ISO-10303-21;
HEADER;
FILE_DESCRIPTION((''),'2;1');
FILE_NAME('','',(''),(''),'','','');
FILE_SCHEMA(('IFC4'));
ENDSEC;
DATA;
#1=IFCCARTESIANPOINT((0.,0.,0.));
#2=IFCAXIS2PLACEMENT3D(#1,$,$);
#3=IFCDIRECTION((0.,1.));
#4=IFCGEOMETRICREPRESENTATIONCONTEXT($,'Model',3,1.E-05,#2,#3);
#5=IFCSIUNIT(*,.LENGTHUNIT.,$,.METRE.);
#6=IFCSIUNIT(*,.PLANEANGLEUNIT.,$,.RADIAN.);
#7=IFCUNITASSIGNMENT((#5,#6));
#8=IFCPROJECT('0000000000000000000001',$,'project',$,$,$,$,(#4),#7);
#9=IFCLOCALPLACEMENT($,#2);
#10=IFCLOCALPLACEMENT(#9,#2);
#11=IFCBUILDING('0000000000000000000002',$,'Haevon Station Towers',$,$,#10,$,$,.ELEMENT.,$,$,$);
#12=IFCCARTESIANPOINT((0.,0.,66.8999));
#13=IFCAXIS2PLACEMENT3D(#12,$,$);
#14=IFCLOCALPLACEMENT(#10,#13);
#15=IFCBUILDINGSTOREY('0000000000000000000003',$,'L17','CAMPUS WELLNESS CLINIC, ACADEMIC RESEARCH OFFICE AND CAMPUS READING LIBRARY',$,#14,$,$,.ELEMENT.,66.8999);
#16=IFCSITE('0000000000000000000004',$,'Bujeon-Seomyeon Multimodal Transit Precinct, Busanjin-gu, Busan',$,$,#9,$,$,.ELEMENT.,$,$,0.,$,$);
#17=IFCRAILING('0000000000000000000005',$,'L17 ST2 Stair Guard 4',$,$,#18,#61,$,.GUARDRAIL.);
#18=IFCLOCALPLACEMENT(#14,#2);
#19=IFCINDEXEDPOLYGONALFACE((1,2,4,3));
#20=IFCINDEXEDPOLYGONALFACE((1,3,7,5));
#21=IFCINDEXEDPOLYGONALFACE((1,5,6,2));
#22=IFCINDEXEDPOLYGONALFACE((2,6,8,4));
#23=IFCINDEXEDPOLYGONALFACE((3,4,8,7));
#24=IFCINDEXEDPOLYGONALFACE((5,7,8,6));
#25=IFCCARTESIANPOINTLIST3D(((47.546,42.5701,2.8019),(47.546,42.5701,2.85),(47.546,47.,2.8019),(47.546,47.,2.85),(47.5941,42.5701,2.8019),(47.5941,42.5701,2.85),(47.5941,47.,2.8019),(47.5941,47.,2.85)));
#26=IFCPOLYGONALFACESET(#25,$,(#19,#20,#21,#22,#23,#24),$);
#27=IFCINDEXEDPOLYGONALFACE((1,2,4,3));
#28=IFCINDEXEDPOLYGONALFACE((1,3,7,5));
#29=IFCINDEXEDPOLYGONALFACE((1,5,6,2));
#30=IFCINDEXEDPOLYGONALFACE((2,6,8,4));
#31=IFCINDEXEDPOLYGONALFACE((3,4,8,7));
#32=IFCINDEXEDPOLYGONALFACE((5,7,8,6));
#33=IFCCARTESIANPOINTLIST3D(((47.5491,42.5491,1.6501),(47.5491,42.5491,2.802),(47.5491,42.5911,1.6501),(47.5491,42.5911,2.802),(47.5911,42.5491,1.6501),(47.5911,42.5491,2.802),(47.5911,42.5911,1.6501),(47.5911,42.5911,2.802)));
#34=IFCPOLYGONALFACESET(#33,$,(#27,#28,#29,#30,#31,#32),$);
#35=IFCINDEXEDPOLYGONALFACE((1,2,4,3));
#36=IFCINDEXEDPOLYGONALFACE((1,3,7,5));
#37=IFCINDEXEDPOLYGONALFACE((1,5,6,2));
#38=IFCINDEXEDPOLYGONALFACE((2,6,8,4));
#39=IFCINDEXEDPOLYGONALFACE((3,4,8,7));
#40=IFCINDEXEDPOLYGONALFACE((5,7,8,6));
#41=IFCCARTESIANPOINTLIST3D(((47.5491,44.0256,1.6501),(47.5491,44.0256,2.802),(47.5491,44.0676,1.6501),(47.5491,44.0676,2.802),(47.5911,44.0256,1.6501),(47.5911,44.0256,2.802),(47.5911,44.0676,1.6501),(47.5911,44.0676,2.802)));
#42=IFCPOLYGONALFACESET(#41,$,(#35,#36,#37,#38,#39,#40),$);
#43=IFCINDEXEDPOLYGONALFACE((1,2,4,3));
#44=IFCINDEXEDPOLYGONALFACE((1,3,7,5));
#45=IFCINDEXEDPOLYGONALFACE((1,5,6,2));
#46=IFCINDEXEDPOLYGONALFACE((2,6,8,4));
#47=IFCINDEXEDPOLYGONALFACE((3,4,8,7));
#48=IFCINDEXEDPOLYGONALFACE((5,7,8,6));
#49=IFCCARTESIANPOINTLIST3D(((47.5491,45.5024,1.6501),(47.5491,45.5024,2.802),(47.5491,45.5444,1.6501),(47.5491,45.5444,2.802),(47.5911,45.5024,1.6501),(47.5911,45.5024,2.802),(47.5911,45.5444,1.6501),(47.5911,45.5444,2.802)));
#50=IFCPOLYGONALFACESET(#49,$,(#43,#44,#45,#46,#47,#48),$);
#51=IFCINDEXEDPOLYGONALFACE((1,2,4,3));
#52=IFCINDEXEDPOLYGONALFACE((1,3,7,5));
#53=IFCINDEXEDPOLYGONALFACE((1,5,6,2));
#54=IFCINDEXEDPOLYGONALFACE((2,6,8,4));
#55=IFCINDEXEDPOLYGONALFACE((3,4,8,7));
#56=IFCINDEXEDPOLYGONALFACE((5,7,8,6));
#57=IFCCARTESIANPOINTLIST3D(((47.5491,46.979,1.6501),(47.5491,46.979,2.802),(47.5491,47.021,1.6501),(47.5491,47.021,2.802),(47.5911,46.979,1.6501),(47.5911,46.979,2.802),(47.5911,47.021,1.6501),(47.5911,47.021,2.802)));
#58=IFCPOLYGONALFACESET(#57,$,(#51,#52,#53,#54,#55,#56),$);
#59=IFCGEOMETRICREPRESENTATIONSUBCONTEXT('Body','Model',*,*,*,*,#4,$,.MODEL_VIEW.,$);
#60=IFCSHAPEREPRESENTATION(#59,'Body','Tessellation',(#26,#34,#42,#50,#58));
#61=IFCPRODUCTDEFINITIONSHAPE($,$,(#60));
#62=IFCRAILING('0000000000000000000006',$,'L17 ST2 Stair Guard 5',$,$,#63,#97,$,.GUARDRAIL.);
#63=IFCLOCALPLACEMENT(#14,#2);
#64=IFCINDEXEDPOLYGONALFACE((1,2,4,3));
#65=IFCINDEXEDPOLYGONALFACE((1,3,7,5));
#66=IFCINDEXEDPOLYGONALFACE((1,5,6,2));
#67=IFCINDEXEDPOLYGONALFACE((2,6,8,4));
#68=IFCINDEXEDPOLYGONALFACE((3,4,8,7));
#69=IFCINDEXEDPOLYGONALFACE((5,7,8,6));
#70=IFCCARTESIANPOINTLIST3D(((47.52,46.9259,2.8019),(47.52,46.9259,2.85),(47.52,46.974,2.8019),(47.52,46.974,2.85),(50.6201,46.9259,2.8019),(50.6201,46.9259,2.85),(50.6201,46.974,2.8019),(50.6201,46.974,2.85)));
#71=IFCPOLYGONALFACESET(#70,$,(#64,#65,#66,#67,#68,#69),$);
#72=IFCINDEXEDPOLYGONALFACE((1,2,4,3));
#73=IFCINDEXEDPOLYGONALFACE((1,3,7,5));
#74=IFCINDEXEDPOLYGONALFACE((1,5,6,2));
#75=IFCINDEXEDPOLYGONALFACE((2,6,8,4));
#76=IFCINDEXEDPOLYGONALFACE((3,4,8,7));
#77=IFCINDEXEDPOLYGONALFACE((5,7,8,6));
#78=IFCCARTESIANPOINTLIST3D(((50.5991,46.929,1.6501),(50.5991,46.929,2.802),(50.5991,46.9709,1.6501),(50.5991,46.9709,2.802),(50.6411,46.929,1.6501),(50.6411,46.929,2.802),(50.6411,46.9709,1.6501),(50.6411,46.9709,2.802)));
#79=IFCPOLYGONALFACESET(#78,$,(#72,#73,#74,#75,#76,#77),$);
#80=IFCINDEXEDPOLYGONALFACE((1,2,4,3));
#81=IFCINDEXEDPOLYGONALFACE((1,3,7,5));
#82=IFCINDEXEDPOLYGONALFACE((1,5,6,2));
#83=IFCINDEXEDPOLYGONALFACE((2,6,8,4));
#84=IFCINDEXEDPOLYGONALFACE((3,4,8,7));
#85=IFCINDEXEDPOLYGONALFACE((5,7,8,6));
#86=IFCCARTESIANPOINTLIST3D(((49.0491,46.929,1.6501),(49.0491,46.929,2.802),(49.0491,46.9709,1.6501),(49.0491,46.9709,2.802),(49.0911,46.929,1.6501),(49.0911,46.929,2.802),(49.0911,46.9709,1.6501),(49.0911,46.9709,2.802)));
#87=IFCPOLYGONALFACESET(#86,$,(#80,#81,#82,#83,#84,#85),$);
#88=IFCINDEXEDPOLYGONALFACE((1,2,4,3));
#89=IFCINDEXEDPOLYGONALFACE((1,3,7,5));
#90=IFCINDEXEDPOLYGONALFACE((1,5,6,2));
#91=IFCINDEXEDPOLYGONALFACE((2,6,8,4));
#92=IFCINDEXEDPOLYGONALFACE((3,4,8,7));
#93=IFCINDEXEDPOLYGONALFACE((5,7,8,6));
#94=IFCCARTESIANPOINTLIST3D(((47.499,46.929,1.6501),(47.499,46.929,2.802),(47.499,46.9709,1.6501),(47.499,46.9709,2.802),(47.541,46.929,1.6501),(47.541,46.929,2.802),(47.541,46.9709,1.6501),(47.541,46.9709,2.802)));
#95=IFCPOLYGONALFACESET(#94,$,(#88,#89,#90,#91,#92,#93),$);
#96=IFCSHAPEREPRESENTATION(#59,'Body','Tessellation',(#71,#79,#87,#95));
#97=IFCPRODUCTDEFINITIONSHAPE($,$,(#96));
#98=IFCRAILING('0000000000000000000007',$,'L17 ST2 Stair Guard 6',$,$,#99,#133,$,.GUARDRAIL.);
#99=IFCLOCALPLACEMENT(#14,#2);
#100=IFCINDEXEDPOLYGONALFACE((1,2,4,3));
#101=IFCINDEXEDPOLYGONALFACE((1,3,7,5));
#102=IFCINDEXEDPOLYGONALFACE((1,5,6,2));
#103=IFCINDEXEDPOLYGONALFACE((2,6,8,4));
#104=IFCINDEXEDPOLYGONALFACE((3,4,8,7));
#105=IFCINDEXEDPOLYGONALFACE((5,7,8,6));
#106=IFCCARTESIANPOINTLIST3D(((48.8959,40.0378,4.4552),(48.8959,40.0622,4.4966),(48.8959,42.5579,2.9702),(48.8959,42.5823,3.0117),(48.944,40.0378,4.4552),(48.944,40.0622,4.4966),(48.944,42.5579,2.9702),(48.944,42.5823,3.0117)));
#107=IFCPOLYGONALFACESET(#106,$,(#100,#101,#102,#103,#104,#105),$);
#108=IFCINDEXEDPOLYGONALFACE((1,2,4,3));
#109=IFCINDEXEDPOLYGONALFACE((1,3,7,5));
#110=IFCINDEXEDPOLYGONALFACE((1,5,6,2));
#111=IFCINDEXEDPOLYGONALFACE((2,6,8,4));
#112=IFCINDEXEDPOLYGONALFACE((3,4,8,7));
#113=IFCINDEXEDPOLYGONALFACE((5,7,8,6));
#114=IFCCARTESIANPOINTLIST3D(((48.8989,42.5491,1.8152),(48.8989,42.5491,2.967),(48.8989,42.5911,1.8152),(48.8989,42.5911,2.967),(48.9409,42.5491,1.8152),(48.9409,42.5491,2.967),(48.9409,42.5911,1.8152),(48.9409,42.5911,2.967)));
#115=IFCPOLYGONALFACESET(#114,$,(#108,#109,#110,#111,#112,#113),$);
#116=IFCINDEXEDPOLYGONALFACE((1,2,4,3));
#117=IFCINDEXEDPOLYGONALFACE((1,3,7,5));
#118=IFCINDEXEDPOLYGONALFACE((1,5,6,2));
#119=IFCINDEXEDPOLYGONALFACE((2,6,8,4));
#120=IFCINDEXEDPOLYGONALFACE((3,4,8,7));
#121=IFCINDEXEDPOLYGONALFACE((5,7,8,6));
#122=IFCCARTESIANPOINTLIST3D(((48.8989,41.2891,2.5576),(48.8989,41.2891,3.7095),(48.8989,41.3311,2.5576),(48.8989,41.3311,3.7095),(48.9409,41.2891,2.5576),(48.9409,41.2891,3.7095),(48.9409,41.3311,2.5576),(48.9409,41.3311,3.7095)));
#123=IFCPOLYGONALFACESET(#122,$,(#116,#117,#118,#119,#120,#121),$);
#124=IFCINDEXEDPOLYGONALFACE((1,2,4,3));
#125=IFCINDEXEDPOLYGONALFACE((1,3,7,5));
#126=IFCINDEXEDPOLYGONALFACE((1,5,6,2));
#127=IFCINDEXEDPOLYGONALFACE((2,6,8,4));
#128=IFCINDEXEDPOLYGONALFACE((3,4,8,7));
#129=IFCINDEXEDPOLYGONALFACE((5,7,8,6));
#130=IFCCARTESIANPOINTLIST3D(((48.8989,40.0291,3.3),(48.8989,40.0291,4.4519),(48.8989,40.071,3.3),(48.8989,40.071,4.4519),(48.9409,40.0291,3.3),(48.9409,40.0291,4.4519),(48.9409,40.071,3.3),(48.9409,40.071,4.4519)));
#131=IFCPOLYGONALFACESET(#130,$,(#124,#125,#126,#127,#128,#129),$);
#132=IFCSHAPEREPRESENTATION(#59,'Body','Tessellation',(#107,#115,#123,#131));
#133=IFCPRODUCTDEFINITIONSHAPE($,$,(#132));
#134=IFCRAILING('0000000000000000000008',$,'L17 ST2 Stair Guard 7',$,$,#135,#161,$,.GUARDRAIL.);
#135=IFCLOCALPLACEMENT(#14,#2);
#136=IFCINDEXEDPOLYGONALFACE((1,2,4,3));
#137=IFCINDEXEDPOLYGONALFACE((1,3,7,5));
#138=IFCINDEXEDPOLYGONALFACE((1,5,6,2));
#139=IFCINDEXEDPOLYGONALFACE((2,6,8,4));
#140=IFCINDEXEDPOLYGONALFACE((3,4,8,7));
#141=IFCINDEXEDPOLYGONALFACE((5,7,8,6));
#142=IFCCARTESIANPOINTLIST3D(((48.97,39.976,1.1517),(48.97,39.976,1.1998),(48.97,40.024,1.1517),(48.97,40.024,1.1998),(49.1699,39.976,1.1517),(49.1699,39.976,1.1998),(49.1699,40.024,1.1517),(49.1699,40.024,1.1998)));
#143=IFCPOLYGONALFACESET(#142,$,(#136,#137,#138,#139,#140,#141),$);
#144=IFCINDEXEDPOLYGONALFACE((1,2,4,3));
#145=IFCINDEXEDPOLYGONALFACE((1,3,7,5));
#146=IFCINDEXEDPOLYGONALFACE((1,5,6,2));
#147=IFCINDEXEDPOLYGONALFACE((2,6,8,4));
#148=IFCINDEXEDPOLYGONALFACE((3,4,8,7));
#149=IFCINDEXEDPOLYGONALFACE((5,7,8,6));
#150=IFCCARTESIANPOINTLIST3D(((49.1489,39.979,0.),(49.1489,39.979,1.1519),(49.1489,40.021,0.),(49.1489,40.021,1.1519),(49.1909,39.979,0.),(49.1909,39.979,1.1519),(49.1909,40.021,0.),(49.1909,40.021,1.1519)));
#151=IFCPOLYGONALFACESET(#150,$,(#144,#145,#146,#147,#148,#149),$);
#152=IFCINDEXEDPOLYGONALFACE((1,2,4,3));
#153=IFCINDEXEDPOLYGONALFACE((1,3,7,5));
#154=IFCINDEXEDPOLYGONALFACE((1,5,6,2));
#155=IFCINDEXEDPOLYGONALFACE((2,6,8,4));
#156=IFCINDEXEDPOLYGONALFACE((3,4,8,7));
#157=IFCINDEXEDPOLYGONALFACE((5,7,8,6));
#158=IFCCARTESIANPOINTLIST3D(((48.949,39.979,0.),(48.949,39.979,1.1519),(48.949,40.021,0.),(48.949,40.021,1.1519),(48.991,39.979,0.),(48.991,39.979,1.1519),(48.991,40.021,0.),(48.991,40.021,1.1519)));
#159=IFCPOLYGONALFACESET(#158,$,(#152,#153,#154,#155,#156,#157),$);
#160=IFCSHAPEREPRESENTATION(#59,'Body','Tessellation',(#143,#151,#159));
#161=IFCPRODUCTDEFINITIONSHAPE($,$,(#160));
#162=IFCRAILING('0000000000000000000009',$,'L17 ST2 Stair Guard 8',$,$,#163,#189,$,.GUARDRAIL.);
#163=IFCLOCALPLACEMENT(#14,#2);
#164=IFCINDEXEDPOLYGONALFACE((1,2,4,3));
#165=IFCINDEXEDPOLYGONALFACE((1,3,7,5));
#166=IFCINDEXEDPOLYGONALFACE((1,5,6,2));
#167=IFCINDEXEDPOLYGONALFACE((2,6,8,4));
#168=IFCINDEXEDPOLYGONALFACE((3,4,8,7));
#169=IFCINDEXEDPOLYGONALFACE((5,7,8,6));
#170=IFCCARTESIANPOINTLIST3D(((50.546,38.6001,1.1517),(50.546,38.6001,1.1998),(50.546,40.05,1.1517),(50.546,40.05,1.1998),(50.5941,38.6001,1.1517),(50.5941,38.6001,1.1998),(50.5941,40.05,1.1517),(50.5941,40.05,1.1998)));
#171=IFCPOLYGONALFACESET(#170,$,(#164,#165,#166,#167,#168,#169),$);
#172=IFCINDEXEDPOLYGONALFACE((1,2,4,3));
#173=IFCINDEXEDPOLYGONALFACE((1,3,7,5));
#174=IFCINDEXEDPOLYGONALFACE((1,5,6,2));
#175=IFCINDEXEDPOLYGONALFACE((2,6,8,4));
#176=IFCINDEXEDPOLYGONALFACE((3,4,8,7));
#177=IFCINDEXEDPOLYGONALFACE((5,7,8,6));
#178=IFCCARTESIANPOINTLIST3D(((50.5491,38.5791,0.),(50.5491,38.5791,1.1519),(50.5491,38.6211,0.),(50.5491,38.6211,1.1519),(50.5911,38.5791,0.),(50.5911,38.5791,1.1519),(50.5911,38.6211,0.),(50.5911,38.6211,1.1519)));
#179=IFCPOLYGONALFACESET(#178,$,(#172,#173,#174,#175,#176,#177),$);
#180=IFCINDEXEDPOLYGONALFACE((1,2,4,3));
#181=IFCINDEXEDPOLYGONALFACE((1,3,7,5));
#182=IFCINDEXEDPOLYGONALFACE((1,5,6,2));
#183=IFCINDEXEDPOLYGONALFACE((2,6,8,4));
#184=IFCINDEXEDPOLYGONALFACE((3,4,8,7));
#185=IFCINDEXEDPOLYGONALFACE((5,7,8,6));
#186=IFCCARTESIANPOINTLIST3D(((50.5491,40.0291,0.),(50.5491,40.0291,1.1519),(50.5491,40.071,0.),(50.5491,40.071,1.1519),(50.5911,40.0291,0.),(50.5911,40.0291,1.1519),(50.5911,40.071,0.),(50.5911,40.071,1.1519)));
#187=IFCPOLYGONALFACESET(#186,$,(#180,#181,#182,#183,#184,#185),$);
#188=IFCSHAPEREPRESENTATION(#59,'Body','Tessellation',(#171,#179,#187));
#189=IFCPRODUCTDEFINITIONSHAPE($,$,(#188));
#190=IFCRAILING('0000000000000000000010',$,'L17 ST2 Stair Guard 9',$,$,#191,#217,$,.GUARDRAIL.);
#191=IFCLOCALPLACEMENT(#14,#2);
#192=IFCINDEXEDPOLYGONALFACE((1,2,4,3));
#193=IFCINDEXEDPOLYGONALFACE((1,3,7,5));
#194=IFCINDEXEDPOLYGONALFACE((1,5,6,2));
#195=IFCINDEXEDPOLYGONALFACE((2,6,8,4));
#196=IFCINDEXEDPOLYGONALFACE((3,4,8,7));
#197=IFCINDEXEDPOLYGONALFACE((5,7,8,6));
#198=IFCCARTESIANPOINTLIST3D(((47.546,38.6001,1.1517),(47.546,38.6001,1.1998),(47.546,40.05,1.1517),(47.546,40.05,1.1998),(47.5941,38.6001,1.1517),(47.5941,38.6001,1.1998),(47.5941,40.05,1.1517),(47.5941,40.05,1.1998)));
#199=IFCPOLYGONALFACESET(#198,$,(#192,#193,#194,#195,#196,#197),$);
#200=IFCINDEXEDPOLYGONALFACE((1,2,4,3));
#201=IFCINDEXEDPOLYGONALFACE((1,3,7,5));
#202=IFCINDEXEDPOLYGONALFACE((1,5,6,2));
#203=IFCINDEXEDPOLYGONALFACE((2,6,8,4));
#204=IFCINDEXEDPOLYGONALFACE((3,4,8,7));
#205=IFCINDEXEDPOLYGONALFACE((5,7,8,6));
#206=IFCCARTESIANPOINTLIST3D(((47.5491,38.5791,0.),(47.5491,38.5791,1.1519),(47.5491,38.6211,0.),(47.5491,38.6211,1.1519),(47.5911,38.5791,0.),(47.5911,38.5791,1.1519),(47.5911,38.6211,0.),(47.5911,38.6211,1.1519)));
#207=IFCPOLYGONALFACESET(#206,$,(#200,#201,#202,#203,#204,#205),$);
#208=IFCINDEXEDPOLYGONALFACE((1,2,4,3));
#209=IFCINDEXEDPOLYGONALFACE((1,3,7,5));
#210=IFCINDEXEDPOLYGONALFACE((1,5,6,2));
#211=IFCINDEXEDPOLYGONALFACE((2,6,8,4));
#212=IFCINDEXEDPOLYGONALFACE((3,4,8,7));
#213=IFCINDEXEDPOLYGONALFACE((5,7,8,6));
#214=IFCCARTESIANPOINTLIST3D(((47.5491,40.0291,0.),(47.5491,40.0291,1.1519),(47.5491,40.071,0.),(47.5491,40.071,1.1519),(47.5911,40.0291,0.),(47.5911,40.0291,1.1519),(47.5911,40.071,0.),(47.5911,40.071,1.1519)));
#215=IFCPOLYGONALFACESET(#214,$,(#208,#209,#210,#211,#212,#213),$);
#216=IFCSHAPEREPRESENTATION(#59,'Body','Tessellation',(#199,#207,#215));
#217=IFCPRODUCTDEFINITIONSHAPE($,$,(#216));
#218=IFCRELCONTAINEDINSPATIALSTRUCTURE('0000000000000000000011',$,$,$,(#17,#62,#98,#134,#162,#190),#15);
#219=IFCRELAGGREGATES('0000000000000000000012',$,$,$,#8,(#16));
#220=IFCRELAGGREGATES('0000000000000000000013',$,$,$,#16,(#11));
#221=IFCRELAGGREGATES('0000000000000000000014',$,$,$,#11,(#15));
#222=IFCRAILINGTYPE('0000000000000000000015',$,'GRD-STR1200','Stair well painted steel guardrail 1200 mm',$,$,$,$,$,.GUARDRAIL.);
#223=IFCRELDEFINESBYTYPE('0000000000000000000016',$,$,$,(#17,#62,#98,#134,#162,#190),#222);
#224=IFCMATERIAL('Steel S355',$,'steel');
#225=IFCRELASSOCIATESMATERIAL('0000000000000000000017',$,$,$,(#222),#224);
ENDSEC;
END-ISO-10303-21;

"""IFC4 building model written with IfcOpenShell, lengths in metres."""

from ifc_helpers import new_model, si_unit, direction, frame, origin, origin_2d, place, context, subcontext, project, spatial, rectangle, extrude, material, type_object, element, save


model = new_model("IFC4")

# Units and contexts
model_context = context("Model", 3, precision=1e-05, world=origin(), true_north=direction((0.0, 1.0)))
body_context = subcontext(model_context, "Body", "Model", "MODEL_VIEW")
ifc_project = project(units=[si_unit("LENGTHUNIT", "METRE"), si_unit("PLANEANGLEUNIT", "RADIAN")], contexts=[model_context])

# Site, building, storey
site_placement = place(None, origin())
site = spatial("IfcSite", under=ifc_project, at=site_placement, Name="Bujeon-Seomyeon Multimodal Transit Precinct, Busanjin-gu, Busan", CompositionType="ELEMENT", RefElevation=0.0)
building_placement = place(site_placement, origin())
building = spatial("IfcBuilding", under=site, at=building_placement, Name="Haevon Station Towers", CompositionType="ELEMENT")
storey_placement = place(building_placement, frame((0.0, 0.0, 66.8999)))
storey = spatial("IfcBuildingStorey", under=building, at=storey_placement, Name="L17", Description="CAMPUS WELLNESS CLINIC, ACADEMIC RESEARCH OFFICE AND CAMPUS READING LIBRARY", CompositionType="ELEMENT", Elevation=66.8999)

# Shared definitions
ifc_material_1 = material(Name="Steel S355", Category="steel")

# Railings
railing_type_1 = type_object("IfcRailingType", Name="GRD-STR1200", Description="Stair well painted steel guardrail 1200 mm", PredefinedType="GUARDRAIL", material=ifc_material_1)
for number, where, name in (
    (1, (47.5701, 42.5701, 1.6501), "L17 ST2 Stair Guard 4"),
):
    element("IfcRailing", number, at=place(storey_placement, frame(where)), inside=storey, type_object=railing_type_1, Name=name, PredefinedType="GUARDRAIL", context=body_context, shape_type="SweptSolid", body=[
        extrude(rectangle(XDim=0.0481, YDim=0.0481, at=origin_2d()), frame((0.0, 0.0, 1.1758), z_axis=(0.0, 1.0, 0.0), x_axis=(-1.0, 0.0, 0.0)), (0.0, 0.0, 1.0), 4.4299),
        extrude(rectangle(XDim=0.042, YDim=0.042, at=origin_2d()), origin(), (0.0, 0.0, 1.0), 1.1519),
        extrude(rectangle(XDim=0.042, YDim=0.042, at=origin_2d()), frame((0.0, 1.4766, 0.0)), (0.0, 0.0, 1.0), 1.1519),
        extrude(rectangle(XDim=0.042, YDim=0.042, at=origin_2d()), frame((0.0, 2.9534, 0.0)), (0.0, 0.0, 1.0), 1.1519),
        extrude(rectangle(XDim=0.042, YDim=0.042, at=origin_2d()), frame((0.0, 4.4299, 0.0)), (0.0, 0.0, 1.0), 1.1519),
    ])
railing_1_placement = place(storey_placement, frame((50.6201, 46.95, 1.6501)))
element("IfcRailing", 2, at=railing_1_placement, inside=storey, type_object=railing_type_1, Name="L17 ST2 Stair Guard 5", PredefinedType="GUARDRAIL", context=body_context, shape_type="SweptSolid", body=[
    extrude(rectangle(XDim=0.0481, YDim=0.0481, at=origin_2d()), frame((0.0, 0.0, 1.1758), z_axis=(-1.0, 0.0, 0.0), x_axis=(0.0, -1.0, 0.0)), (0.0, 0.0, 1.0), 3.1001),
    extrude(rectangle(XDim=0.042, YDim=0.042, at=origin_2d()), origin(), (0.0, 0.0, 1.0), 1.1519),
    extrude(rectangle(XDim=0.042, YDim=0.042, at=origin_2d()), frame((-1.55, 0.0, 0.0)), (0.0, 0.0, 1.0), 1.1519),
    extrude(rectangle(XDim=0.042, YDim=0.042, at=origin_2d()), frame((-3.1001, 0.0, 0.0)), (0.0, 0.0, 1.0), 1.1519),
])
railing_2_placement = place(storey_placement, frame((48.9199, 42.5701, 1.8152)))
element("IfcRailing", 3, at=railing_2_placement, inside=storey, type_object=railing_type_1, Name="L17 ST2 Stair Guard 6", PredefinedType="GUARDRAIL", context=body_context, shape_type="SweptSolid", body=[
    extrude(rectangle(XDim=0.0481, YDim=0.0481, at=origin_2d()), frame((0.0, 0.0, 1.1758), z_axis=(0.0, -0.861561, 0.507655), x_axis=(1.0, 0.0, 0.0)), (0.0, 0.0, 1.0), 2.925),
    extrude(rectangle(XDim=0.042, YDim=0.042, at=origin_2d()), origin(), (0.0, 0.0, 1.0), 1.1519),
    extrude(rectangle(XDim=0.042, YDim=0.042, at=origin_2d()), frame((0.0, -1.26, 0.7424)), (0.0, 0.0, 1.0), 1.1519),
    extrude(rectangle(XDim=0.042, YDim=0.042, at=origin_2d()), frame((0.0, -2.52, 1.4849)), (0.0, 0.0, 1.0), 1.1519),
])
railing_3_placement = place(storey_placement, frame((49.1699, 40.0, 0.0)))
element("IfcRailing", 4, at=railing_3_placement, inside=storey, type_object=railing_type_1, Name="L17 ST2 Stair Guard 7", PredefinedType="GUARDRAIL", context=body_context, shape_type="SweptSolid", body=[
    extrude(rectangle(XDim=0.0481, YDim=0.0481, at=origin_2d()), frame((0.0, 0.0, 1.1758), z_axis=(-1.0, 0.0, 0.0), x_axis=(0.0, -1.0, 0.0)), (0.0, 0.0, 1.0), 0.2),
    extrude(rectangle(XDim=0.042, YDim=0.042, at=origin_2d()), origin(), (0.0, 0.0, 1.0), 1.1519),
    extrude(rectangle(XDim=0.042, YDim=0.042, at=origin_2d()), frame((-0.2, 0.0, 0.0)), (0.0, 0.0, 1.0), 1.1519),
])
for number, where, name in (
    (5, (50.5701, 38.6001, 0.0), "L17 ST2 Stair Guard 8"),
    (6, (47.5701, 38.6001, 0.0), "L17 ST2 Stair Guard 9"),
):
    element("IfcRailing", number, at=place(storey_placement, frame(where)), inside=storey, type_object=railing_type_1, Name=name, PredefinedType="GUARDRAIL", context=body_context, shape_type="SweptSolid", body=[
        extrude(rectangle(XDim=0.0481, YDim=0.0481, at=origin_2d()), frame((0.0, 0.0, 1.1758), z_axis=(0.0, 1.0, 0.0), x_axis=(-1.0, 0.0, 0.0)), (0.0, 0.0, 1.0), 1.45),
        extrude(rectangle(XDim=0.042, YDim=0.042, at=origin_2d()), origin(), (0.0, 0.0, 1.0), 1.1519),
        extrude(rectangle(XDim=0.042, YDim=0.042, at=origin_2d()), frame((0.0, 1.45, 0.0)), (0.0, 0.0, 1.0), 1.1519),
    ])

save(model, "model.ifc")
